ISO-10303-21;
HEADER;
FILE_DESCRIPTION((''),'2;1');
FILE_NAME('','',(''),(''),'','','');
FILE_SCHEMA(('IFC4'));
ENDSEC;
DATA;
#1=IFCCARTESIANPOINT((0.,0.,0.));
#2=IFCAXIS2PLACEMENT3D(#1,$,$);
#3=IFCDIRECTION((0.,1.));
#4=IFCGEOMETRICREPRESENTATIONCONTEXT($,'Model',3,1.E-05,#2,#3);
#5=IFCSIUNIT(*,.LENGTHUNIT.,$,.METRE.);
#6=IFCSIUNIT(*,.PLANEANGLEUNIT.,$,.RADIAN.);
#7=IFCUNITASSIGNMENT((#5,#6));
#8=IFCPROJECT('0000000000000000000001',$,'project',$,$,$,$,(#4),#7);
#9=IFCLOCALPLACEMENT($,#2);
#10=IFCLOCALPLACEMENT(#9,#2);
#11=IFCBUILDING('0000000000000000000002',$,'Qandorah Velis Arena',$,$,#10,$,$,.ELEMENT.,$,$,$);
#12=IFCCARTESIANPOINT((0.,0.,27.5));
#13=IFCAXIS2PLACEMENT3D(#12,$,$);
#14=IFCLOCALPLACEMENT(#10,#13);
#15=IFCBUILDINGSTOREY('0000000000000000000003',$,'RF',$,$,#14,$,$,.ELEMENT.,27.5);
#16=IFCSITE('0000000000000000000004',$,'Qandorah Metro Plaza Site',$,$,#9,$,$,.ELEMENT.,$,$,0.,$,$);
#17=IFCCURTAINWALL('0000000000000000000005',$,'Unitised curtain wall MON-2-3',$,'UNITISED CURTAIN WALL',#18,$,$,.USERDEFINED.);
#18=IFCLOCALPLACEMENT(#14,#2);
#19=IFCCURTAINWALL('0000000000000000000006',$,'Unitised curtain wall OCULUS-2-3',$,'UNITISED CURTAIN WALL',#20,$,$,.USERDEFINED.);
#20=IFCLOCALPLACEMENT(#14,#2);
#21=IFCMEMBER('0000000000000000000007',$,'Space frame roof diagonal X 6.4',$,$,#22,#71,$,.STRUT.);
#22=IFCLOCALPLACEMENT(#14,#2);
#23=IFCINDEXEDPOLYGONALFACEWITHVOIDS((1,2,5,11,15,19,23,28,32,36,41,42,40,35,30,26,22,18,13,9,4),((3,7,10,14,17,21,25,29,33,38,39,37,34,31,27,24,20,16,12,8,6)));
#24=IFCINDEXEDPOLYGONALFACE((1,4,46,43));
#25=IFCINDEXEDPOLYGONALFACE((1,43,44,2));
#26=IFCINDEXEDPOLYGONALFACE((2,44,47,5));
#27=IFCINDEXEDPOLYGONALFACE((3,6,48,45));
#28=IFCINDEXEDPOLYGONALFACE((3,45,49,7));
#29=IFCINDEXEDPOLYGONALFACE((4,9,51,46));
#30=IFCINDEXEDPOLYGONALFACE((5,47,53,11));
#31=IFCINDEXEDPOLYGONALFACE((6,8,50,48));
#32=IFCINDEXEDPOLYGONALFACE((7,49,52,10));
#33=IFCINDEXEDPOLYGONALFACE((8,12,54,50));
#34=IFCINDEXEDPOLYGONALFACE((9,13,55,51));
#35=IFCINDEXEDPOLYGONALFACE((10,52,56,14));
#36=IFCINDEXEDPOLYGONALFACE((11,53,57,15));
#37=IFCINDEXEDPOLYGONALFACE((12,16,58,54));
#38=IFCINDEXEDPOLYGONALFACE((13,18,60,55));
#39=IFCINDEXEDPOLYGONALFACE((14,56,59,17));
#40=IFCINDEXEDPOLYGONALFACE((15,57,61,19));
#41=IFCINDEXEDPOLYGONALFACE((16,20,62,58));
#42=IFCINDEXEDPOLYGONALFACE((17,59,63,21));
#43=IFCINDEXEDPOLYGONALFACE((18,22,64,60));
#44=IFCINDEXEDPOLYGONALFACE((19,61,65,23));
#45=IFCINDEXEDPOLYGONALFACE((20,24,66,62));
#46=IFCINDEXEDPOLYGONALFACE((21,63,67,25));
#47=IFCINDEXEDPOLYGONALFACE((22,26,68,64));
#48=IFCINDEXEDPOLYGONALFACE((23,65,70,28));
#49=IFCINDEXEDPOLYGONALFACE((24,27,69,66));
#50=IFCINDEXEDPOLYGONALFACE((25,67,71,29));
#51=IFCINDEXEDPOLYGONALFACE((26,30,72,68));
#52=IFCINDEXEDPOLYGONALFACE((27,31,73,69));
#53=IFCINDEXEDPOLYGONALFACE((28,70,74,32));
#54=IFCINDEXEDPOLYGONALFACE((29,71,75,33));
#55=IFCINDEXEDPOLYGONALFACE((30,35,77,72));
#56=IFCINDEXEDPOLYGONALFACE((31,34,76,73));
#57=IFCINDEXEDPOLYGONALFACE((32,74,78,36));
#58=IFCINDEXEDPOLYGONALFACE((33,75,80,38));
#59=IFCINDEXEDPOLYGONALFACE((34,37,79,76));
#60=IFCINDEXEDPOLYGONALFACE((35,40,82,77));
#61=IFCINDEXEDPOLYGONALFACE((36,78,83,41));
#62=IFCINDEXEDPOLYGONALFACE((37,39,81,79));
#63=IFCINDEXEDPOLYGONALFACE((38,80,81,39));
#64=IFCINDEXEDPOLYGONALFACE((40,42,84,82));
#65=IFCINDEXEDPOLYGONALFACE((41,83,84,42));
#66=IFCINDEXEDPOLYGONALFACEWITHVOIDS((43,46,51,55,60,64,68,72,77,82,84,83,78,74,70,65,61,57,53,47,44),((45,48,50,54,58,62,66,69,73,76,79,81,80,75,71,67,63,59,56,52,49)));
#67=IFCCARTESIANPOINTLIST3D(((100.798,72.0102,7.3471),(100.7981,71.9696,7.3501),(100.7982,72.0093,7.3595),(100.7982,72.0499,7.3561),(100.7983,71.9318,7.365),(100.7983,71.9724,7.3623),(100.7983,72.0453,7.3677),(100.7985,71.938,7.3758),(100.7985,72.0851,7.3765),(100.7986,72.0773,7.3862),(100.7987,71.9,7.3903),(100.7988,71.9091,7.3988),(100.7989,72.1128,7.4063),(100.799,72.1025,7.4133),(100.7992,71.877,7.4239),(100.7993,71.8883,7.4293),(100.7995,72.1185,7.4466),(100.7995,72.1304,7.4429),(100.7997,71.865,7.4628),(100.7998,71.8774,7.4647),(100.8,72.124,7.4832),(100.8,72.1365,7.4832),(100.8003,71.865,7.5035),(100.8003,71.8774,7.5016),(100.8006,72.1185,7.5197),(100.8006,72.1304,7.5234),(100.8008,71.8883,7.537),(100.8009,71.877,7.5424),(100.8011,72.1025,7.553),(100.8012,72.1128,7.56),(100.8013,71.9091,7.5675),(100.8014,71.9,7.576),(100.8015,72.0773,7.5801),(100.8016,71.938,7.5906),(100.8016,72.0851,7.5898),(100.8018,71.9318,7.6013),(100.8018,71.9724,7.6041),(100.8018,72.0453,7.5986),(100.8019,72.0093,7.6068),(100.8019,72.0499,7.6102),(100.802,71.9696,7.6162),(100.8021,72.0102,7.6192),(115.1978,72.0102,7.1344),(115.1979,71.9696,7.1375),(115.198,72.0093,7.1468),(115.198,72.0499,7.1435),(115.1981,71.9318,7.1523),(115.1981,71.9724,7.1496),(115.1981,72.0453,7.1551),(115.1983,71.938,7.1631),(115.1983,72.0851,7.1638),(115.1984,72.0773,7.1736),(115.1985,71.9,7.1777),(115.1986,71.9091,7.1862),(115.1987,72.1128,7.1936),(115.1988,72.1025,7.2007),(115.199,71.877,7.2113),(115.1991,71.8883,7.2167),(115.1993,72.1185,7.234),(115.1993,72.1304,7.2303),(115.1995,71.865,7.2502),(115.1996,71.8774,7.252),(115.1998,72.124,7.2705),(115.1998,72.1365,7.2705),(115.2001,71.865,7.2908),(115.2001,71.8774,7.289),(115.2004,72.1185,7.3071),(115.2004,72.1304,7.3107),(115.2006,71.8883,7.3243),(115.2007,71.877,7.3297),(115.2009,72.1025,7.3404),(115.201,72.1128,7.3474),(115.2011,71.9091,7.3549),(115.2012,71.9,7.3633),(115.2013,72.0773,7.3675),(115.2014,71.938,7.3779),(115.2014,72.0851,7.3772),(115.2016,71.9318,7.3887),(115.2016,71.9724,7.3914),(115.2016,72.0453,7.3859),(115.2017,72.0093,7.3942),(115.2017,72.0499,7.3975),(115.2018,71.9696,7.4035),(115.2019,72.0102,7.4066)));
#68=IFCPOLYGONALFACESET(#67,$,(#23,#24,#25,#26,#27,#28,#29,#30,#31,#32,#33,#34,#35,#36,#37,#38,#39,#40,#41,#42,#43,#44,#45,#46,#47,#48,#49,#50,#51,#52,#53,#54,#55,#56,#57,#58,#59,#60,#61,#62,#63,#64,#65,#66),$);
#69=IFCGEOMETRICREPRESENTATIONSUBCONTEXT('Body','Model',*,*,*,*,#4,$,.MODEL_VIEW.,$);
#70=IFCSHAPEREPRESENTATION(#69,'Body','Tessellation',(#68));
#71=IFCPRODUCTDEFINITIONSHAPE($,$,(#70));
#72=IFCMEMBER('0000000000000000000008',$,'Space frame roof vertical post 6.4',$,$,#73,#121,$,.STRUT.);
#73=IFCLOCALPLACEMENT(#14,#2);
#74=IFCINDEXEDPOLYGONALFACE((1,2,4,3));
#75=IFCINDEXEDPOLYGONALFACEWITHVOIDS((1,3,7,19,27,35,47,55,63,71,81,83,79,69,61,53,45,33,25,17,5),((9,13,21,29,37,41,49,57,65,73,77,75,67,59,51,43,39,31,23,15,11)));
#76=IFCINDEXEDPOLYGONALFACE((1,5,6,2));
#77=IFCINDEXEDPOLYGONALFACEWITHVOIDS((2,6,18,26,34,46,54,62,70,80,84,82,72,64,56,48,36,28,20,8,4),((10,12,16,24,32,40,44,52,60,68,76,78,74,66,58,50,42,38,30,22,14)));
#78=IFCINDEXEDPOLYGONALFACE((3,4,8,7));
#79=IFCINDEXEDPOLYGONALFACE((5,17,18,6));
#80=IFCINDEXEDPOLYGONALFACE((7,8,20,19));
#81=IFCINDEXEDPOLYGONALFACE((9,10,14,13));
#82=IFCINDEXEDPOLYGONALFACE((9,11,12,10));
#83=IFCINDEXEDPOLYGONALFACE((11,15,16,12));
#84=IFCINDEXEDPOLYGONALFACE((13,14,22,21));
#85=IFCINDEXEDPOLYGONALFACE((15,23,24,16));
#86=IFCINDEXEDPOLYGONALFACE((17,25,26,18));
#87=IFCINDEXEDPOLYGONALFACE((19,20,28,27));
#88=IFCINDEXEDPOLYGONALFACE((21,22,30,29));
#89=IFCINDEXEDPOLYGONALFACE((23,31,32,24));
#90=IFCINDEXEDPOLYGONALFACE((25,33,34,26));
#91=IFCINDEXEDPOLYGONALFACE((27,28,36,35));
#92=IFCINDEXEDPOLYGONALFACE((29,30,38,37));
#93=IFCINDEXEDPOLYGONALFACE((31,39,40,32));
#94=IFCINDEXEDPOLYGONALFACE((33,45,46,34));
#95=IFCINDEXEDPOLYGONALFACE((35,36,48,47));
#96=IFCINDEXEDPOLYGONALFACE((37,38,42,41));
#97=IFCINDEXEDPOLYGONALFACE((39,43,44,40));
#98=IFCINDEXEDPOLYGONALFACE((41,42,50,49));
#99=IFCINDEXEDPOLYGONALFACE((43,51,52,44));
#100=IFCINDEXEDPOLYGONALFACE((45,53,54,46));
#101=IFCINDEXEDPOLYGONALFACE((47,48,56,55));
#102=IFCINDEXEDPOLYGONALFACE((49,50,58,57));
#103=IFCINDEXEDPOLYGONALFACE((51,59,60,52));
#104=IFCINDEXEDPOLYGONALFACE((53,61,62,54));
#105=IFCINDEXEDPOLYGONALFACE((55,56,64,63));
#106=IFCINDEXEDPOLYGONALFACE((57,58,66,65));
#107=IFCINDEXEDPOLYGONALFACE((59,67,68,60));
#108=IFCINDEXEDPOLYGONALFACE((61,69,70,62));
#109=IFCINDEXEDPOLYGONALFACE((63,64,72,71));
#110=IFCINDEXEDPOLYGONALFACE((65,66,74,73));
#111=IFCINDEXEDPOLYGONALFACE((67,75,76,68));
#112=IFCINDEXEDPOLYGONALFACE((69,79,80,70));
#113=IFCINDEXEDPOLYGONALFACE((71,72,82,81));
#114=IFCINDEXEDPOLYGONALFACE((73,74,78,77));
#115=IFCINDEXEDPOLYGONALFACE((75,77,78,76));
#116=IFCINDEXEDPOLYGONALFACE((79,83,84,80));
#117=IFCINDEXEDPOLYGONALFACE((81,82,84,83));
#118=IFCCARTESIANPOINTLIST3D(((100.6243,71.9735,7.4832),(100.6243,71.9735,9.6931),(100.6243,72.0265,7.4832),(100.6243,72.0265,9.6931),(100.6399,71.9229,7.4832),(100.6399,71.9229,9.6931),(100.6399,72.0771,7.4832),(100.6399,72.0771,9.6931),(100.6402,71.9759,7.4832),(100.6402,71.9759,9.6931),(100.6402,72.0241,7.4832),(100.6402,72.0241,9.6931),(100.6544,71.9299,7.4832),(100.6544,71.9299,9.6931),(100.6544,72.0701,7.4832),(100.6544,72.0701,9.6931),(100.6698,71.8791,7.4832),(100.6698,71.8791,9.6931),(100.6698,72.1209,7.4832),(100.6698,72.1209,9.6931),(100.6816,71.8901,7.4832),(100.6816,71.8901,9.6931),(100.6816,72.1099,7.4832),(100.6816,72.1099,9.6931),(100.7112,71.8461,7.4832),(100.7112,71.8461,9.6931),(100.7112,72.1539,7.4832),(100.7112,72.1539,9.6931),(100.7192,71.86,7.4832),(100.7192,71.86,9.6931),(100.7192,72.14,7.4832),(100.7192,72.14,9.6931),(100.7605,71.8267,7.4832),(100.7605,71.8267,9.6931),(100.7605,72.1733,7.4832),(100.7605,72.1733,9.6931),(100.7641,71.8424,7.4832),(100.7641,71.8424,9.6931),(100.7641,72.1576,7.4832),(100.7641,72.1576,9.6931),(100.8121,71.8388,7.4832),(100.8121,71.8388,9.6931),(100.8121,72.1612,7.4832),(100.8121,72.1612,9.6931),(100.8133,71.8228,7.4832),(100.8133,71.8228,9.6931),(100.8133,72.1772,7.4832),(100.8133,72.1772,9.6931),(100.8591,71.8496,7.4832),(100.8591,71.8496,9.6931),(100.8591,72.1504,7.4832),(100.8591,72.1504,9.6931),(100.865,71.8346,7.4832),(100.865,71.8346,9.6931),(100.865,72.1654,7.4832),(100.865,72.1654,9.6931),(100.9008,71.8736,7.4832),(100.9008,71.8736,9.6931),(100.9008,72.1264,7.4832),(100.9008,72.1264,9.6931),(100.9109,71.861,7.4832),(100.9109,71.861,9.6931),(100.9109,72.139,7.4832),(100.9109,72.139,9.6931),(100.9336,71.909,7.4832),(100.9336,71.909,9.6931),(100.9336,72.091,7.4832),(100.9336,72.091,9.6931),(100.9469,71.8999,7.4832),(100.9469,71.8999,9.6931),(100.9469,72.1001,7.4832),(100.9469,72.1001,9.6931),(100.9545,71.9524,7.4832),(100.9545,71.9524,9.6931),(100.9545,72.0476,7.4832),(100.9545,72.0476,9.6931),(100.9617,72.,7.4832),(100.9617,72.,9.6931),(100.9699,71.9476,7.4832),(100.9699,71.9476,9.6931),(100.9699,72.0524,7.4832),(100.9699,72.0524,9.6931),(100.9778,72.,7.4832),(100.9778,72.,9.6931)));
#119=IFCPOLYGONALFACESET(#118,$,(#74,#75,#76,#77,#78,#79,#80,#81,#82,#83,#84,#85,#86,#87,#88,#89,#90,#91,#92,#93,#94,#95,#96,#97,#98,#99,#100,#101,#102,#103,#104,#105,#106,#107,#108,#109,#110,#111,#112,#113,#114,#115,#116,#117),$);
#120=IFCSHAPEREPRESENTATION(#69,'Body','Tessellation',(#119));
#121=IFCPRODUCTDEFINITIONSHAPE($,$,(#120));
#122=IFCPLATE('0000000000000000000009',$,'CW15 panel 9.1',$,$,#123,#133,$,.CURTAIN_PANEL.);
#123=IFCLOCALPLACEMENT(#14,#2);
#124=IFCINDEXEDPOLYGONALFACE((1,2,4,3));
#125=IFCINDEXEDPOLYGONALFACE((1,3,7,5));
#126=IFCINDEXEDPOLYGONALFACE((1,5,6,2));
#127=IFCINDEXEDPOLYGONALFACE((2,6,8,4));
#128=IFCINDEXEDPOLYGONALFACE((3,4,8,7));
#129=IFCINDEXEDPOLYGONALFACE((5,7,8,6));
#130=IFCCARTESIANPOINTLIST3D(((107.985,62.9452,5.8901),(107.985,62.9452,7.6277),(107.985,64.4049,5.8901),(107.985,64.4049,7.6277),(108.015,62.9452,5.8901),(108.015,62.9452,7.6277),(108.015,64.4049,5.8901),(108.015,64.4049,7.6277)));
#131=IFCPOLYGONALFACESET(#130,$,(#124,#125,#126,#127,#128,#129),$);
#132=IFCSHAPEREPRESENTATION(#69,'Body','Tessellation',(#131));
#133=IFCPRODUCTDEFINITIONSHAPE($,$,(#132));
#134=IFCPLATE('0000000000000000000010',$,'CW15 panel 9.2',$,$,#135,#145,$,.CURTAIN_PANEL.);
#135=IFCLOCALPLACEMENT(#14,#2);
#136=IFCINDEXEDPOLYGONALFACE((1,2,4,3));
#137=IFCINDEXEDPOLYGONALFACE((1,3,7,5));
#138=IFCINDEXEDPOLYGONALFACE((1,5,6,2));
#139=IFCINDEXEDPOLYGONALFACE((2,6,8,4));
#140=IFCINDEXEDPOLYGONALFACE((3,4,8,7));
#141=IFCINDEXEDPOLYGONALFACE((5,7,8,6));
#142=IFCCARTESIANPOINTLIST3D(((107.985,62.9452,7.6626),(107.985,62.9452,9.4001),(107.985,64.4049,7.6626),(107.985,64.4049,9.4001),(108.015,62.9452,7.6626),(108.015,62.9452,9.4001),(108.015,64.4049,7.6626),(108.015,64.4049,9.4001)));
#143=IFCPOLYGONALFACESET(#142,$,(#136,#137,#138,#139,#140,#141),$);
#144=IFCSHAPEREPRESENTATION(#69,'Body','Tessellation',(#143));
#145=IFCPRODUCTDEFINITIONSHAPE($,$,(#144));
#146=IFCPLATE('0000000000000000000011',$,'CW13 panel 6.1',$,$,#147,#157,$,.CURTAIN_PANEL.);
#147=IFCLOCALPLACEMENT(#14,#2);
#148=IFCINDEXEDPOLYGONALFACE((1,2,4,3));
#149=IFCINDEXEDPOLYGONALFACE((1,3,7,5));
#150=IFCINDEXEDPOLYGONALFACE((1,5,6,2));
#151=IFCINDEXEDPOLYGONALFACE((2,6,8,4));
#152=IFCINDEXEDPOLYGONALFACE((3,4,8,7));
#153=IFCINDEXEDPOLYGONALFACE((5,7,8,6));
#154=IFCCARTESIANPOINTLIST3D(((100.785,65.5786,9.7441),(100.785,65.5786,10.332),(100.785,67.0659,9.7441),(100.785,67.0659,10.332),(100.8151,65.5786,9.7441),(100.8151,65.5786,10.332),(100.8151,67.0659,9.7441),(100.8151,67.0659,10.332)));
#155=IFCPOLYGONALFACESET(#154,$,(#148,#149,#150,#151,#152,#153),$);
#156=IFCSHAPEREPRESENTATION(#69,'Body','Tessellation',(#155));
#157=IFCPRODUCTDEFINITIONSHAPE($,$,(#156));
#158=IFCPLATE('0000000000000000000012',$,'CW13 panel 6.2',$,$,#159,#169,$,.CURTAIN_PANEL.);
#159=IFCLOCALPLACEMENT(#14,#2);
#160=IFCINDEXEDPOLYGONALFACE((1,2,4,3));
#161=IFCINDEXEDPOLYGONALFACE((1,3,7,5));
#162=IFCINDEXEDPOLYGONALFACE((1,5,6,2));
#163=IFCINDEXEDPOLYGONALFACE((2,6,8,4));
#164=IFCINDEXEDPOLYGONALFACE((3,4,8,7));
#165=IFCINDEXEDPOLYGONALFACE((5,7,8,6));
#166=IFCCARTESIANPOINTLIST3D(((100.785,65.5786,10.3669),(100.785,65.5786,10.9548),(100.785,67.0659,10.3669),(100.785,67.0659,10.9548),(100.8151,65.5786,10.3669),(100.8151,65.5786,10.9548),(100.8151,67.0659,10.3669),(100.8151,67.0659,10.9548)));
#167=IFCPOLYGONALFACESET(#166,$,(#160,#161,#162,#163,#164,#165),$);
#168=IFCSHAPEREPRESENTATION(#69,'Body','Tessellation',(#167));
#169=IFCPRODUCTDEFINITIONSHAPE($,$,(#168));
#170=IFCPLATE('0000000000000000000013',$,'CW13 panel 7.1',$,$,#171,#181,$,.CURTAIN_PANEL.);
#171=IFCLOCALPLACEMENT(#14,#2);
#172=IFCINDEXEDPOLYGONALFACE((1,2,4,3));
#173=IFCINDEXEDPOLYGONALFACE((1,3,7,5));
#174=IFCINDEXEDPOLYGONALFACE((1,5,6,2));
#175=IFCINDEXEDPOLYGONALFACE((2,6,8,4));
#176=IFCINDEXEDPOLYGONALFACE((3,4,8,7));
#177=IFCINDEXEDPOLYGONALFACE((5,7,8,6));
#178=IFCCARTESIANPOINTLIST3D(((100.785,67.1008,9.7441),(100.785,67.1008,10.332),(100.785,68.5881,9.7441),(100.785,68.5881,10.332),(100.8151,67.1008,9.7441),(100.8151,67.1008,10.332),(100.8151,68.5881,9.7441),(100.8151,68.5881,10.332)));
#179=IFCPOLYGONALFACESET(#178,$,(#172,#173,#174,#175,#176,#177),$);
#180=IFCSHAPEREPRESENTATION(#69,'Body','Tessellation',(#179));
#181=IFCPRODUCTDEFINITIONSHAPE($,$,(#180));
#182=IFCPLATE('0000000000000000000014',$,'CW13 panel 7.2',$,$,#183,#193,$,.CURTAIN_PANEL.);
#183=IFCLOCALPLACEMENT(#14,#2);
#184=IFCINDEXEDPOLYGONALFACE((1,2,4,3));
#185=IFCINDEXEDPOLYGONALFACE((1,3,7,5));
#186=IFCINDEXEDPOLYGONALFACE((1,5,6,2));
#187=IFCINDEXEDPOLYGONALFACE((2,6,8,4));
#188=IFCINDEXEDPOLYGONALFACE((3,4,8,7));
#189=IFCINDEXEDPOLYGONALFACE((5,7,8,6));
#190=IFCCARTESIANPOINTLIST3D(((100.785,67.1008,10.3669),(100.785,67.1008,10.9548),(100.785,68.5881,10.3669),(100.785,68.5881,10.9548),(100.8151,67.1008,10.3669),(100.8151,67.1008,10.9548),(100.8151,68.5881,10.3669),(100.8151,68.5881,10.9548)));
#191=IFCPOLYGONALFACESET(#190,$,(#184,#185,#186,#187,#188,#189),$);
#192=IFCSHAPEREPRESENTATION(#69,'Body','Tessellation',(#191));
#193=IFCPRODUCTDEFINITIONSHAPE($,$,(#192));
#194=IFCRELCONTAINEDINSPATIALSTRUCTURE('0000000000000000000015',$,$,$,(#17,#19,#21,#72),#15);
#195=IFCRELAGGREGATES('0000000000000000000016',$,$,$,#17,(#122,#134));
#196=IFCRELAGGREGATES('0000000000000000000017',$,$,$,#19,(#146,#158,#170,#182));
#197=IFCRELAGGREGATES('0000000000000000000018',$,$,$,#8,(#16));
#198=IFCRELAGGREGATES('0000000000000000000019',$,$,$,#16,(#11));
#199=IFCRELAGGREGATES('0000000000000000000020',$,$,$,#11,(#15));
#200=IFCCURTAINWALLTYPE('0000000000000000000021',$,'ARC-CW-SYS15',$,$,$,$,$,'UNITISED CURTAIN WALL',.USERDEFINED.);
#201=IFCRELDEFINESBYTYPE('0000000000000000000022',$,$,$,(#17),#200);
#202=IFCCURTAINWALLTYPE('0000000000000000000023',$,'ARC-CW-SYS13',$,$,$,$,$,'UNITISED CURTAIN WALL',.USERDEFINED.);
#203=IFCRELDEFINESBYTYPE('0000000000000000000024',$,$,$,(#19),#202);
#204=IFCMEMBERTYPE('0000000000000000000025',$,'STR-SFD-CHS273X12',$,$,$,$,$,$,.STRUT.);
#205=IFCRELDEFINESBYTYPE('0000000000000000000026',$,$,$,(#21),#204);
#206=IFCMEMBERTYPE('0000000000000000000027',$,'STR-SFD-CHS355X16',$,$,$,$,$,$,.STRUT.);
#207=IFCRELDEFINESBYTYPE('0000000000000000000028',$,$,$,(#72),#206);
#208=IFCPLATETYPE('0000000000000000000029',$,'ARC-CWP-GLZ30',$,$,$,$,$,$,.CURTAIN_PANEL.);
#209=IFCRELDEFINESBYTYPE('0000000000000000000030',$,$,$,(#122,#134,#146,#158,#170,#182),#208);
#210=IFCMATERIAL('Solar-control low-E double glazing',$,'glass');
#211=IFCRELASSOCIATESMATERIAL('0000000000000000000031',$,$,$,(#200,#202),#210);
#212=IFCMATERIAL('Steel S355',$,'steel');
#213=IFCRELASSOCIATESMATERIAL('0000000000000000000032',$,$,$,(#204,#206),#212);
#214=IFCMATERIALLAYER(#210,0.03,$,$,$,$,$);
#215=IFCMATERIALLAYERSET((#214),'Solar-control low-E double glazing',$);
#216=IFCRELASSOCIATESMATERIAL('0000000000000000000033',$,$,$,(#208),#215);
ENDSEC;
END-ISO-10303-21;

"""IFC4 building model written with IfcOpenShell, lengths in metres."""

from ifc_helpers import new_model, si_unit, direction, frame, origin, origin_2d, place, context, subcontext, project, spatial, rectangle, hollow_circle, extrude, material, layer, layer_set, material_profile, profile_set, type_object, element, aggregate, save


model = new_model("IFC4")

# Units and contexts
model_context = context("Model", 3, precision=1e-05, world=origin(), true_north=direction((0.0, 1.0)))
body_context = subcontext(model_context, "Body", "Model", "MODEL_VIEW")
ifc_project = project(units=[si_unit("LENGTHUNIT", "METRE"), si_unit("PLANEANGLEUNIT", "RADIAN")], contexts=[model_context])

# Site, building, storey
site_placement = place(None, origin())
site = spatial("IfcSite", under=ifc_project, at=site_placement, Name="Qandorah Metro Plaza Site", CompositionType="ELEMENT", RefElevation=0.0)
building_placement = place(site_placement, origin())
building = spatial("IfcBuilding", under=site, at=building_placement, Name="Qandorah Velis Arena", CompositionType="ELEMENT")
storey_placement = place(building_placement, frame((0.0, 0.0, 27.5)))
storey = spatial("IfcBuildingStorey", under=building, at=storey_placement, Name="RF", CompositionType="ELEMENT", Elevation=27.5)

# Curtain wall
ifc_material_1 = material(Name="Solar-control low-E double glazing", Category="glass")
curtain_wall_type_1 = type_object("IfcCurtainWallType", Name="ARC-CW-SYS15", ElementType="UNITISED CURTAIN WALL", PredefinedType="USERDEFINED", material=ifc_material_1)
curtain_wall_1_placement = place(storey_placement, origin())
curtain_wall_1 = element("IfcCurtainWall", 1, at=curtain_wall_1_placement, inside=storey, type_object=curtain_wall_type_1, Name="Unitised curtain wall MON-2-3", ObjectType="UNITISED CURTAIN WALL", PredefinedType="USERDEFINED")

# Curtain wall
curtain_wall_type_2 = type_object("IfcCurtainWallType", Name="ARC-CW-SYS13", ElementType="UNITISED CURTAIN WALL", PredefinedType="USERDEFINED", material=ifc_material_1)
curtain_wall_2_placement = place(storey_placement, origin())
curtain_wall_2 = element("IfcCurtainWall", 2, at=curtain_wall_2_placement, inside=storey, type_object=curtain_wall_type_2, Name="Unitised curtain wall OCULUS-2-3", ObjectType="UNITISED CURTAIN WALL", PredefinedType="USERDEFINED")

# Shared definitions
ifc_material_2 = material(Name="Steel S355", Category="steel")

# Members
ifc_material_profile_1 = material_profile(ifc_material_2, hollow_circle(Radius=0.1365, WallThickness=0.0125, at=origin_2d()), Name="CHS 273x12.5")
ifc_profile_set_1 = profile_set([ifc_material_profile_1], Name="Steel S355")
member_type_1 = type_object("IfcMemberType", Name="STR-SFD-CHS273X12", PredefinedType="STRUT", material=ifc_profile_set_1)
member_1_placement = place(storey_placement, frame((100.8, 72.0, 7.4832), z_axis=(0.999891, 0.0, -0.014766), x_axis=(0.0, 1.0, 0.0)))
element("IfcMember", 3, at=member_1_placement, inside=storey, type_object=member_type_1, Name="Space frame roof diagonal X 6.4", PredefinedType="STRUT", context=body_context, shape_type="SweptSolid", body=[
    extrude(hollow_circle(Radius=0.1365, WallThickness=0.0125, at=origin_2d()), origin(), (0.0, 0.0, 1.0), 14.4014),
])
ifc_material_profile_2 = material_profile(ifc_material_2, hollow_circle(Radius=0.1777, WallThickness=0.0161, at=origin_2d()), Name="CHS 355.6x16")
ifc_profile_set_2 = profile_set([ifc_material_profile_2], Name="Steel S355")
member_type_2 = type_object("IfcMemberType", Name="STR-SFD-CHS355X16", PredefinedType="STRUT", material=ifc_profile_set_2)
member_2_placement = place(storey_placement, frame((100.8, 72.0, 7.4832), z_axis=(0.0, 0.0, 1.0), x_axis=(1.0, 0.0, 0.0)))
element("IfcMember", 4, at=member_2_placement, inside=storey, type_object=member_type_2, Name="Space frame roof vertical post 6.4", PredefinedType="STRUT", context=body_context, shape_type="SweptSolid", body=[
    extrude(hollow_circle(Radius=0.1777, WallThickness=0.0161, at=origin_2d()), origin(), (0.0, 0.0, 1.0), 2.21),
])

# Plates
ifc_layer_1 = layer(ifc_material_1, 0.03)
ifc_layer_set_1 = layer_set([ifc_layer_1], Name="Solar-control low-E double glazing")
plate_type_1 = type_object("IfcPlateType", Name="ARC-CWP-GLZ30", PredefinedType="CURTAIN_PANEL", material=ifc_layer_set_1)
plate_1_placement = place(storey_placement, frame((108.0, 63.675, 5.8901), z_axis=(0.0, 0.0, 1.0), x_axis=(0.0, 1.0, 0.0)))
plate_1 = element("IfcPlate", 5, at=plate_1_placement, type_object=plate_type_1, Name="CW15 panel 9.1", PredefinedType="CURTAIN_PANEL", context=body_context, shape_type="SweptSolid", body=[
    extrude(rectangle(XDim=1.4597, YDim=0.03, at=origin_2d()), origin(), (0.0, 0.0, 1.0), 1.7375),
])
plate_2_placement = place(storey_placement, frame((108.0, 63.675, 7.6626), z_axis=(0.0, 0.0, 1.0), x_axis=(0.0, 1.0, 0.0)))
plate_2 = element("IfcPlate", 6, at=plate_2_placement, type_object=plate_type_1, Name="CW15 panel 9.2", PredefinedType="CURTAIN_PANEL", context=body_context, shape_type="SweptSolid", body=[
    extrude(rectangle(XDim=1.4597, YDim=0.03, at=origin_2d()), origin(), (0.0, 0.0, 1.0), 1.7375),
])
aggregate(curtain_wall_1, [plate_1, plate_2])
plate_3_placement = place(storey_placement, frame((100.8, 66.3223, 9.7441), z_axis=(0.0, 0.0, 1.0), x_axis=(0.0, 1.0, 0.0)))
plate_3 = element("IfcPlate", 7, at=plate_3_placement, type_object=plate_type_1, Name="CW13 panel 6.1", PredefinedType="CURTAIN_PANEL", context=body_context, shape_type="SweptSolid", body=[
    extrude(rectangle(XDim=1.4873, YDim=0.03, at=origin_2d()), origin(), (0.0, 0.0, 1.0), 0.5879),
])
plate_4_placement = place(storey_placement, frame((100.8, 66.3223, 10.3669), z_axis=(0.0, 0.0, 1.0), x_axis=(0.0, 1.0, 0.0)))
plate_4 = element("IfcPlate", 8, at=plate_4_placement, type_object=plate_type_1, Name="CW13 panel 6.2", PredefinedType="CURTAIN_PANEL", context=body_context, shape_type="SweptSolid", body=[
    extrude(rectangle(XDim=1.4873, YDim=0.03, at=origin_2d()), origin(), (0.0, 0.0, 1.0), 0.5879),
])
plate_5_placement = place(storey_placement, frame((100.8, 67.8445, 9.7441), z_axis=(0.0, 0.0, 1.0), x_axis=(0.0, 1.0, 0.0)))
plate_5 = element("IfcPlate", 9, at=plate_5_placement, type_object=plate_type_1, Name="CW13 panel 7.1", PredefinedType="CURTAIN_PANEL", context=body_context, shape_type="SweptSolid", body=[
    extrude(rectangle(XDim=1.4873, YDim=0.03, at=origin_2d()), origin(), (0.0, 0.0, 1.0), 0.5879),
])
plate_6_placement = place(storey_placement, frame((100.8, 67.8445, 10.3669), z_axis=(0.0, 0.0, 1.0), x_axis=(0.0, 1.0, 0.0)))
plate_6 = element("IfcPlate", 10, at=plate_6_placement, type_object=plate_type_1, Name="CW13 panel 7.2", PredefinedType="CURTAIN_PANEL", context=body_context, shape_type="SweptSolid", body=[
    extrude(rectangle(XDim=1.4873, YDim=0.03, at=origin_2d()), origin(), (0.0, 0.0, 1.0), 0.5879),
])
aggregate(curtain_wall_2, [plate_3, plate_4, plate_5, plate_6])

save(model, "model.ifc")
